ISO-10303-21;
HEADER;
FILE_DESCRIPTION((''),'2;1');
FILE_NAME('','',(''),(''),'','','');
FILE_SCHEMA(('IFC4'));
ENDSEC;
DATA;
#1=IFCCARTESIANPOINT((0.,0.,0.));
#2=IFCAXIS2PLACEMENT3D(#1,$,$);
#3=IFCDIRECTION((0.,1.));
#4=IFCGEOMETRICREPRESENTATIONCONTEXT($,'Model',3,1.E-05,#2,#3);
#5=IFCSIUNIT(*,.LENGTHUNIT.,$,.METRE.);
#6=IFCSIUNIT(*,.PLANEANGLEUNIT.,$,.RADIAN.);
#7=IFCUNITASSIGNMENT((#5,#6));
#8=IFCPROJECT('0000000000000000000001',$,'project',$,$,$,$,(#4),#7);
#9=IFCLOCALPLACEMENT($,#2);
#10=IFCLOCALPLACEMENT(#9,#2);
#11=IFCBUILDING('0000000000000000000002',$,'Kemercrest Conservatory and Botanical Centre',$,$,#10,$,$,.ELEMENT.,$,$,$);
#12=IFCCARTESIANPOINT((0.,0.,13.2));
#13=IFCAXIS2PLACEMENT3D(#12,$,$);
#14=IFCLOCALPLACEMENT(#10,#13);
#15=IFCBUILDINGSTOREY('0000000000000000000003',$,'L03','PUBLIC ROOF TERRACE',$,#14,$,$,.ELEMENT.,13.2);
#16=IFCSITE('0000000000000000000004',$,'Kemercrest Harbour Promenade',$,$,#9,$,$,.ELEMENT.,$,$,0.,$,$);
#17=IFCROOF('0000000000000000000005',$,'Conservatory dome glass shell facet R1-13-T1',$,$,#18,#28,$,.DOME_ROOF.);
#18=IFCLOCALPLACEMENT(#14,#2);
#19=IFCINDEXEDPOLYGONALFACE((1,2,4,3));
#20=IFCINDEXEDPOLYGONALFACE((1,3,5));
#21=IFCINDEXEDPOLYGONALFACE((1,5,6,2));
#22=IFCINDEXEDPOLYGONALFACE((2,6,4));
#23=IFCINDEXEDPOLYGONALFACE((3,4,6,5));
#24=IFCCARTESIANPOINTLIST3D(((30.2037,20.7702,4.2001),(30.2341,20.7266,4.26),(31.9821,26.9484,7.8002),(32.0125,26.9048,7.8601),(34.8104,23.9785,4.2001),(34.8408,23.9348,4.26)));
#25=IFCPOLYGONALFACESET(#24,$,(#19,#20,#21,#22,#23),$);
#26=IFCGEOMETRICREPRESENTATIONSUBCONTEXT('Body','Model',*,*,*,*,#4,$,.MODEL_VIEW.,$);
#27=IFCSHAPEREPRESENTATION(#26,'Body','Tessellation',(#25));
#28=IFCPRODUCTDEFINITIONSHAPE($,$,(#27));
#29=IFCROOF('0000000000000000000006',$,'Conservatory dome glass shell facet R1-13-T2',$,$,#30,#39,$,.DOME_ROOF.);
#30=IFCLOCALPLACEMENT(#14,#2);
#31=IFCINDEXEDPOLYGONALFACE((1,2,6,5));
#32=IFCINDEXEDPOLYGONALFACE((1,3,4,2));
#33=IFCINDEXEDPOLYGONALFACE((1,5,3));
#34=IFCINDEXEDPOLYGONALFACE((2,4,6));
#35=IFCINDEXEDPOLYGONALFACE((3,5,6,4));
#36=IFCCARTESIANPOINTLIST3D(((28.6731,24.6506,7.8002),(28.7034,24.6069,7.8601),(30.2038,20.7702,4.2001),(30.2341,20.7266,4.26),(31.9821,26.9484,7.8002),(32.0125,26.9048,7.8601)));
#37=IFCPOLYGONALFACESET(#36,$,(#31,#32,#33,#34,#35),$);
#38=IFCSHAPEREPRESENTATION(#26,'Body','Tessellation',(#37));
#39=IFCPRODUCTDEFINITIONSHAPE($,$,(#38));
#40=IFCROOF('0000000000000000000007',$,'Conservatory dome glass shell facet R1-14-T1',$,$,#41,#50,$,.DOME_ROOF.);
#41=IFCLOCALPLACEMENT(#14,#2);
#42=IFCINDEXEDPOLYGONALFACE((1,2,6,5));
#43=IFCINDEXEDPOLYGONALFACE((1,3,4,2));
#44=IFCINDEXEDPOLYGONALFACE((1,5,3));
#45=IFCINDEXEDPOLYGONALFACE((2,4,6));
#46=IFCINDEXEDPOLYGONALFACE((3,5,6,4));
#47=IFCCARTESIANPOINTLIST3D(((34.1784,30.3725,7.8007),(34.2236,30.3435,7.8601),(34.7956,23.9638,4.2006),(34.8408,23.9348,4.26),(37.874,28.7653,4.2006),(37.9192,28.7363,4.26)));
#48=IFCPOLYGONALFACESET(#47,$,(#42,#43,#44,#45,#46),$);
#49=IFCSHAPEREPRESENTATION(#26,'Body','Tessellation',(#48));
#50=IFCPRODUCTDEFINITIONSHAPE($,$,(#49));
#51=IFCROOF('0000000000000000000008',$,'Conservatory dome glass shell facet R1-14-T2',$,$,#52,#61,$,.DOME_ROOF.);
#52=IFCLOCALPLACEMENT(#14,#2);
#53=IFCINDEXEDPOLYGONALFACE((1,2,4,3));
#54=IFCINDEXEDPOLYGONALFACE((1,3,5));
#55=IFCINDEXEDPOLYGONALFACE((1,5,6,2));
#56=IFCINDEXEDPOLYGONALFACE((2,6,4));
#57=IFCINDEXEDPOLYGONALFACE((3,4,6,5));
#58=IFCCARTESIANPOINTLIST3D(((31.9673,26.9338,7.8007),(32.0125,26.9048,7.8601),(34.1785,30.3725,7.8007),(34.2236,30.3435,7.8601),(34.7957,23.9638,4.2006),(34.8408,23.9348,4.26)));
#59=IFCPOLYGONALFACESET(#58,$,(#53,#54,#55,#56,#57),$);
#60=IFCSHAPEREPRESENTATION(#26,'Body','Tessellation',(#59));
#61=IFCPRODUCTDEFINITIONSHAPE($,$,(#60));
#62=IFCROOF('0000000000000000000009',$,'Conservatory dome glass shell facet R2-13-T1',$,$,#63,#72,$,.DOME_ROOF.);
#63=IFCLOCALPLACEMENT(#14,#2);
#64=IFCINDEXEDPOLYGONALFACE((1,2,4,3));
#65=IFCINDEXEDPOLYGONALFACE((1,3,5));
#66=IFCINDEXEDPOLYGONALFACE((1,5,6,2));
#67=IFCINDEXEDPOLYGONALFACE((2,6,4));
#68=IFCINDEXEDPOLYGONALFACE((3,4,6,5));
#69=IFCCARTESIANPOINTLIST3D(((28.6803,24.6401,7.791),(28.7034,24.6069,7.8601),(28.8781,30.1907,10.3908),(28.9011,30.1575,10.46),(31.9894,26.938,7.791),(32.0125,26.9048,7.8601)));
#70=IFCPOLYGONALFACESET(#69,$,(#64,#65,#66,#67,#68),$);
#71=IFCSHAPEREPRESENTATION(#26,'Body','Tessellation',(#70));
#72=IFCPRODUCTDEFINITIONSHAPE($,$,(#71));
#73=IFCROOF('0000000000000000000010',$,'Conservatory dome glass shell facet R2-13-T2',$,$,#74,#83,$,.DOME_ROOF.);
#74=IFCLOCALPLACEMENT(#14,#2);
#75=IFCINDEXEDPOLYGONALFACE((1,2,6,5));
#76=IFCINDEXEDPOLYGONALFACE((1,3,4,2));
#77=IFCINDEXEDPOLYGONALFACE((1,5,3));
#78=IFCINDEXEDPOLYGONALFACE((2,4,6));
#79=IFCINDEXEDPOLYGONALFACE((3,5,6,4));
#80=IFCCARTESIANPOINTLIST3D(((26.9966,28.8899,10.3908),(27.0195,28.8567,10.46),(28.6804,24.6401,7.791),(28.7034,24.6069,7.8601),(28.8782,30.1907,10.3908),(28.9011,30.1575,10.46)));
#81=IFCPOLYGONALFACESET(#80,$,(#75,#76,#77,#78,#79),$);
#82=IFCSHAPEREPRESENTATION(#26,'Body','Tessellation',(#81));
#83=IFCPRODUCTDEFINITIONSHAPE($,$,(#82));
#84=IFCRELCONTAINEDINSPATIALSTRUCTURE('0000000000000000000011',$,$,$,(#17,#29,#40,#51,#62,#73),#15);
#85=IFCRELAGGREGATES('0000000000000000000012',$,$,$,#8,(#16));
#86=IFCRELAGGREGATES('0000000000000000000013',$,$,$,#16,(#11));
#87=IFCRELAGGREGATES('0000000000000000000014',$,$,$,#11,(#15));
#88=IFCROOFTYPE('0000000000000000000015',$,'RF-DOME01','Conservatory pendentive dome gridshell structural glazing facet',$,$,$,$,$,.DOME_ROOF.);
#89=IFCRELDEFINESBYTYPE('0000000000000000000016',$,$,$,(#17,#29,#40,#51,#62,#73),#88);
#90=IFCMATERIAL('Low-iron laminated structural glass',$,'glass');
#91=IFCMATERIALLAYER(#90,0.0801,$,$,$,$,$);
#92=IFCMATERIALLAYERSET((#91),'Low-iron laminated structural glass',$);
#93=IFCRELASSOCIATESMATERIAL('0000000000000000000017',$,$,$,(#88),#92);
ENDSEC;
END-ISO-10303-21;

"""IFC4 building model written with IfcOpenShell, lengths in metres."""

from ifc_helpers import new_model, si_unit, direction, frame, origin, place, context, subcontext, project, spatial, polyline, outline, extrude, material, layer, layer_set, type_object, element, save


model = new_model("IFC4")

# Units and contexts
model_context = context("Model", 3, precision=1e-05, world=origin(), true_north=direction((0.0, 1.0)))
body_context = subcontext(model_context, "Body", "Model", "MODEL_VIEW")
ifc_project = project(units=[si_unit("LENGTHUNIT", "METRE"), si_unit("PLANEANGLEUNIT", "RADIAN")], contexts=[model_context])

# Site, building, storey
site_placement = place(None, origin())
site = spatial("IfcSite", under=ifc_project, at=site_placement, Name="Kemercrest Harbour Promenade", CompositionType="ELEMENT", RefElevation=0.0)
building_placement = place(site_placement, origin())
building = spatial("IfcBuilding", under=site, at=building_placement, Name="Kemercrest Conservatory and Botanical Centre", CompositionType="ELEMENT")
storey_placement = place(building_placement, frame((0.0, 0.0, 13.2)))
storey = spatial("IfcBuildingStorey", under=building, at=storey_placement, Name="L03", Description="PUBLIC ROOF TERRACE", CompositionType="ELEMENT", Elevation=13.2)

# Roofs
ifc_material_1 = material(Name="Low-iron laminated structural glass", Category="glass")
ifc_layer_1 = layer(ifc_material_1, 0.0801)
ifc_layer_set_1 = layer_set([ifc_layer_1], Name="Low-iron laminated structural glass")
roof_type = type_object("IfcRoofType", Name="RF-DOME01", Description="Conservatory pendentive dome gridshell structural glazing facet", PredefinedType="DOME_ROOF", material=ifc_layer_set_1)
roof_1_placement = place(storey_placement, frame((30.2341, 20.7266, 4.26), z_axis=(0.3795, -0.54492, 0.747691), x_axis=(0.820605, 0.571496, 0.0)))
element("IfcRoof", 1, at=roof_1_placement, inside=storey, type_object=roof_type, Name="Conservatory dome glass shell facet R1-13-T1", PredefinedType="DOME_ROOF", context=body_context, shape_type="SweptSolid", body=[
    extrude(outline(polyline([(0.0, 0.0), (5.6138, 0.0), (4.9901, 5.4215), (0.0, 0.0)])), origin(), (0.0, 0.0, -1.0), 0.0801),
])
roof_2_placement = place(storey_placement, frame((30.2341, 20.7266, 4.26), z_axis=(0.3784, -0.544925, 0.748244), x_axis=(0.241344, 0.838474, 0.488585)))
element("IfcRoof", 2, at=roof_2_placement, inside=storey, type_object=roof_type, Name="Conservatory dome glass shell facet R1-13-T2", PredefinedType="DOME_ROOF", context=body_context, shape_type="SweptSolid", body=[
    extrude(outline(polyline([(0.0, 0.0), (7.3684, 0.0), (4.6431, 2.967), (0.0, 0.0)])), origin(), (0.0, 0.0, -1.0), 0.0801),
])
roof_3_placement = place(storey_placement, frame((34.8408, 23.9348, 4.26), z_axis=(0.564845, -0.362136, 0.74149), x_axis=(0.539725, 0.841841, 0.0)))
element("IfcRoof", 3, at=roof_3_placement, inside=storey, type_object=roof_type, Name="Conservatory dome glass shell facet R1-14-T1", PredefinedType="DOME_ROOF", context=body_context, shape_type="SweptSolid", body=[
    extrude(outline(polyline([(0.0, 0.0), (5.7036, 0.0), (5.062, 5.3656), (0.0, 0.0)])), origin(), (0.0, 0.0, -1.0), 0.0801),
])
roof_4_placement = place(storey_placement, frame((34.8408, 23.9348, 4.26), z_axis=(0.563827, -0.362555, 0.74206), x_axis=(-0.083669, 0.868797, 0.488049)))
element("IfcRoof", 4, at=roof_4_placement, inside=storey, type_object=roof_type, Name="Conservatory dome glass shell facet R1-14-T2", PredefinedType="DOME_ROOF", context=body_context, shape_type="SweptSolid", body=[
    extrude(outline(polyline([(0.0, 0.0), (7.3765, 0.0), (4.574, 2.9766), (0.0, 0.0)])), origin(), (0.0, 0.0, -1.0), 0.0801),
])
roof_5_placement = place(storey_placement, frame((28.7034, 24.6069, 7.8601), z_axis=(0.287905, -0.414605, 0.863258), x_axis=(0.821384, 0.570375, 0.0)))
element("IfcRoof", 5, at=roof_5_placement, inside=storey, type_object=roof_type, Name="Conservatory dome glass shell facet R2-13-T1", PredefinedType="DOME_ROOF", context=body_context, shape_type="SweptSolid", body=[
    extrude(outline(polyline([(0.0, 0.0), (4.0287, 0.0), (3.3283, 5.1506), (0.0, 0.0)])), origin(), (0.0, 0.0, -1.0), 0.0801),
])
roof_6_placement = place(storey_placement, frame((28.7034, 24.6069, 7.8601), z_axis=(0.286706, -0.414722, 0.8636), x_axis=(0.032247, 0.905111, 0.423951)))
element("IfcRoof", 6, at=roof_6_placement, inside=storey, type_object=roof_type, Name="Conservatory dome glass shell facet R2-13-T2", PredefinedType="DOME_ROOF", context=body_context, shape_type="SweptSolid", body=[
    extrude(outline(polyline([(0.0, 0.0), (6.1324, 0.0), (4.8944, 1.9235), (0.0, 0.0)])), origin(), (0.0, 0.0, -1.0), 0.0801),
])

save(model, "model.ifc")
